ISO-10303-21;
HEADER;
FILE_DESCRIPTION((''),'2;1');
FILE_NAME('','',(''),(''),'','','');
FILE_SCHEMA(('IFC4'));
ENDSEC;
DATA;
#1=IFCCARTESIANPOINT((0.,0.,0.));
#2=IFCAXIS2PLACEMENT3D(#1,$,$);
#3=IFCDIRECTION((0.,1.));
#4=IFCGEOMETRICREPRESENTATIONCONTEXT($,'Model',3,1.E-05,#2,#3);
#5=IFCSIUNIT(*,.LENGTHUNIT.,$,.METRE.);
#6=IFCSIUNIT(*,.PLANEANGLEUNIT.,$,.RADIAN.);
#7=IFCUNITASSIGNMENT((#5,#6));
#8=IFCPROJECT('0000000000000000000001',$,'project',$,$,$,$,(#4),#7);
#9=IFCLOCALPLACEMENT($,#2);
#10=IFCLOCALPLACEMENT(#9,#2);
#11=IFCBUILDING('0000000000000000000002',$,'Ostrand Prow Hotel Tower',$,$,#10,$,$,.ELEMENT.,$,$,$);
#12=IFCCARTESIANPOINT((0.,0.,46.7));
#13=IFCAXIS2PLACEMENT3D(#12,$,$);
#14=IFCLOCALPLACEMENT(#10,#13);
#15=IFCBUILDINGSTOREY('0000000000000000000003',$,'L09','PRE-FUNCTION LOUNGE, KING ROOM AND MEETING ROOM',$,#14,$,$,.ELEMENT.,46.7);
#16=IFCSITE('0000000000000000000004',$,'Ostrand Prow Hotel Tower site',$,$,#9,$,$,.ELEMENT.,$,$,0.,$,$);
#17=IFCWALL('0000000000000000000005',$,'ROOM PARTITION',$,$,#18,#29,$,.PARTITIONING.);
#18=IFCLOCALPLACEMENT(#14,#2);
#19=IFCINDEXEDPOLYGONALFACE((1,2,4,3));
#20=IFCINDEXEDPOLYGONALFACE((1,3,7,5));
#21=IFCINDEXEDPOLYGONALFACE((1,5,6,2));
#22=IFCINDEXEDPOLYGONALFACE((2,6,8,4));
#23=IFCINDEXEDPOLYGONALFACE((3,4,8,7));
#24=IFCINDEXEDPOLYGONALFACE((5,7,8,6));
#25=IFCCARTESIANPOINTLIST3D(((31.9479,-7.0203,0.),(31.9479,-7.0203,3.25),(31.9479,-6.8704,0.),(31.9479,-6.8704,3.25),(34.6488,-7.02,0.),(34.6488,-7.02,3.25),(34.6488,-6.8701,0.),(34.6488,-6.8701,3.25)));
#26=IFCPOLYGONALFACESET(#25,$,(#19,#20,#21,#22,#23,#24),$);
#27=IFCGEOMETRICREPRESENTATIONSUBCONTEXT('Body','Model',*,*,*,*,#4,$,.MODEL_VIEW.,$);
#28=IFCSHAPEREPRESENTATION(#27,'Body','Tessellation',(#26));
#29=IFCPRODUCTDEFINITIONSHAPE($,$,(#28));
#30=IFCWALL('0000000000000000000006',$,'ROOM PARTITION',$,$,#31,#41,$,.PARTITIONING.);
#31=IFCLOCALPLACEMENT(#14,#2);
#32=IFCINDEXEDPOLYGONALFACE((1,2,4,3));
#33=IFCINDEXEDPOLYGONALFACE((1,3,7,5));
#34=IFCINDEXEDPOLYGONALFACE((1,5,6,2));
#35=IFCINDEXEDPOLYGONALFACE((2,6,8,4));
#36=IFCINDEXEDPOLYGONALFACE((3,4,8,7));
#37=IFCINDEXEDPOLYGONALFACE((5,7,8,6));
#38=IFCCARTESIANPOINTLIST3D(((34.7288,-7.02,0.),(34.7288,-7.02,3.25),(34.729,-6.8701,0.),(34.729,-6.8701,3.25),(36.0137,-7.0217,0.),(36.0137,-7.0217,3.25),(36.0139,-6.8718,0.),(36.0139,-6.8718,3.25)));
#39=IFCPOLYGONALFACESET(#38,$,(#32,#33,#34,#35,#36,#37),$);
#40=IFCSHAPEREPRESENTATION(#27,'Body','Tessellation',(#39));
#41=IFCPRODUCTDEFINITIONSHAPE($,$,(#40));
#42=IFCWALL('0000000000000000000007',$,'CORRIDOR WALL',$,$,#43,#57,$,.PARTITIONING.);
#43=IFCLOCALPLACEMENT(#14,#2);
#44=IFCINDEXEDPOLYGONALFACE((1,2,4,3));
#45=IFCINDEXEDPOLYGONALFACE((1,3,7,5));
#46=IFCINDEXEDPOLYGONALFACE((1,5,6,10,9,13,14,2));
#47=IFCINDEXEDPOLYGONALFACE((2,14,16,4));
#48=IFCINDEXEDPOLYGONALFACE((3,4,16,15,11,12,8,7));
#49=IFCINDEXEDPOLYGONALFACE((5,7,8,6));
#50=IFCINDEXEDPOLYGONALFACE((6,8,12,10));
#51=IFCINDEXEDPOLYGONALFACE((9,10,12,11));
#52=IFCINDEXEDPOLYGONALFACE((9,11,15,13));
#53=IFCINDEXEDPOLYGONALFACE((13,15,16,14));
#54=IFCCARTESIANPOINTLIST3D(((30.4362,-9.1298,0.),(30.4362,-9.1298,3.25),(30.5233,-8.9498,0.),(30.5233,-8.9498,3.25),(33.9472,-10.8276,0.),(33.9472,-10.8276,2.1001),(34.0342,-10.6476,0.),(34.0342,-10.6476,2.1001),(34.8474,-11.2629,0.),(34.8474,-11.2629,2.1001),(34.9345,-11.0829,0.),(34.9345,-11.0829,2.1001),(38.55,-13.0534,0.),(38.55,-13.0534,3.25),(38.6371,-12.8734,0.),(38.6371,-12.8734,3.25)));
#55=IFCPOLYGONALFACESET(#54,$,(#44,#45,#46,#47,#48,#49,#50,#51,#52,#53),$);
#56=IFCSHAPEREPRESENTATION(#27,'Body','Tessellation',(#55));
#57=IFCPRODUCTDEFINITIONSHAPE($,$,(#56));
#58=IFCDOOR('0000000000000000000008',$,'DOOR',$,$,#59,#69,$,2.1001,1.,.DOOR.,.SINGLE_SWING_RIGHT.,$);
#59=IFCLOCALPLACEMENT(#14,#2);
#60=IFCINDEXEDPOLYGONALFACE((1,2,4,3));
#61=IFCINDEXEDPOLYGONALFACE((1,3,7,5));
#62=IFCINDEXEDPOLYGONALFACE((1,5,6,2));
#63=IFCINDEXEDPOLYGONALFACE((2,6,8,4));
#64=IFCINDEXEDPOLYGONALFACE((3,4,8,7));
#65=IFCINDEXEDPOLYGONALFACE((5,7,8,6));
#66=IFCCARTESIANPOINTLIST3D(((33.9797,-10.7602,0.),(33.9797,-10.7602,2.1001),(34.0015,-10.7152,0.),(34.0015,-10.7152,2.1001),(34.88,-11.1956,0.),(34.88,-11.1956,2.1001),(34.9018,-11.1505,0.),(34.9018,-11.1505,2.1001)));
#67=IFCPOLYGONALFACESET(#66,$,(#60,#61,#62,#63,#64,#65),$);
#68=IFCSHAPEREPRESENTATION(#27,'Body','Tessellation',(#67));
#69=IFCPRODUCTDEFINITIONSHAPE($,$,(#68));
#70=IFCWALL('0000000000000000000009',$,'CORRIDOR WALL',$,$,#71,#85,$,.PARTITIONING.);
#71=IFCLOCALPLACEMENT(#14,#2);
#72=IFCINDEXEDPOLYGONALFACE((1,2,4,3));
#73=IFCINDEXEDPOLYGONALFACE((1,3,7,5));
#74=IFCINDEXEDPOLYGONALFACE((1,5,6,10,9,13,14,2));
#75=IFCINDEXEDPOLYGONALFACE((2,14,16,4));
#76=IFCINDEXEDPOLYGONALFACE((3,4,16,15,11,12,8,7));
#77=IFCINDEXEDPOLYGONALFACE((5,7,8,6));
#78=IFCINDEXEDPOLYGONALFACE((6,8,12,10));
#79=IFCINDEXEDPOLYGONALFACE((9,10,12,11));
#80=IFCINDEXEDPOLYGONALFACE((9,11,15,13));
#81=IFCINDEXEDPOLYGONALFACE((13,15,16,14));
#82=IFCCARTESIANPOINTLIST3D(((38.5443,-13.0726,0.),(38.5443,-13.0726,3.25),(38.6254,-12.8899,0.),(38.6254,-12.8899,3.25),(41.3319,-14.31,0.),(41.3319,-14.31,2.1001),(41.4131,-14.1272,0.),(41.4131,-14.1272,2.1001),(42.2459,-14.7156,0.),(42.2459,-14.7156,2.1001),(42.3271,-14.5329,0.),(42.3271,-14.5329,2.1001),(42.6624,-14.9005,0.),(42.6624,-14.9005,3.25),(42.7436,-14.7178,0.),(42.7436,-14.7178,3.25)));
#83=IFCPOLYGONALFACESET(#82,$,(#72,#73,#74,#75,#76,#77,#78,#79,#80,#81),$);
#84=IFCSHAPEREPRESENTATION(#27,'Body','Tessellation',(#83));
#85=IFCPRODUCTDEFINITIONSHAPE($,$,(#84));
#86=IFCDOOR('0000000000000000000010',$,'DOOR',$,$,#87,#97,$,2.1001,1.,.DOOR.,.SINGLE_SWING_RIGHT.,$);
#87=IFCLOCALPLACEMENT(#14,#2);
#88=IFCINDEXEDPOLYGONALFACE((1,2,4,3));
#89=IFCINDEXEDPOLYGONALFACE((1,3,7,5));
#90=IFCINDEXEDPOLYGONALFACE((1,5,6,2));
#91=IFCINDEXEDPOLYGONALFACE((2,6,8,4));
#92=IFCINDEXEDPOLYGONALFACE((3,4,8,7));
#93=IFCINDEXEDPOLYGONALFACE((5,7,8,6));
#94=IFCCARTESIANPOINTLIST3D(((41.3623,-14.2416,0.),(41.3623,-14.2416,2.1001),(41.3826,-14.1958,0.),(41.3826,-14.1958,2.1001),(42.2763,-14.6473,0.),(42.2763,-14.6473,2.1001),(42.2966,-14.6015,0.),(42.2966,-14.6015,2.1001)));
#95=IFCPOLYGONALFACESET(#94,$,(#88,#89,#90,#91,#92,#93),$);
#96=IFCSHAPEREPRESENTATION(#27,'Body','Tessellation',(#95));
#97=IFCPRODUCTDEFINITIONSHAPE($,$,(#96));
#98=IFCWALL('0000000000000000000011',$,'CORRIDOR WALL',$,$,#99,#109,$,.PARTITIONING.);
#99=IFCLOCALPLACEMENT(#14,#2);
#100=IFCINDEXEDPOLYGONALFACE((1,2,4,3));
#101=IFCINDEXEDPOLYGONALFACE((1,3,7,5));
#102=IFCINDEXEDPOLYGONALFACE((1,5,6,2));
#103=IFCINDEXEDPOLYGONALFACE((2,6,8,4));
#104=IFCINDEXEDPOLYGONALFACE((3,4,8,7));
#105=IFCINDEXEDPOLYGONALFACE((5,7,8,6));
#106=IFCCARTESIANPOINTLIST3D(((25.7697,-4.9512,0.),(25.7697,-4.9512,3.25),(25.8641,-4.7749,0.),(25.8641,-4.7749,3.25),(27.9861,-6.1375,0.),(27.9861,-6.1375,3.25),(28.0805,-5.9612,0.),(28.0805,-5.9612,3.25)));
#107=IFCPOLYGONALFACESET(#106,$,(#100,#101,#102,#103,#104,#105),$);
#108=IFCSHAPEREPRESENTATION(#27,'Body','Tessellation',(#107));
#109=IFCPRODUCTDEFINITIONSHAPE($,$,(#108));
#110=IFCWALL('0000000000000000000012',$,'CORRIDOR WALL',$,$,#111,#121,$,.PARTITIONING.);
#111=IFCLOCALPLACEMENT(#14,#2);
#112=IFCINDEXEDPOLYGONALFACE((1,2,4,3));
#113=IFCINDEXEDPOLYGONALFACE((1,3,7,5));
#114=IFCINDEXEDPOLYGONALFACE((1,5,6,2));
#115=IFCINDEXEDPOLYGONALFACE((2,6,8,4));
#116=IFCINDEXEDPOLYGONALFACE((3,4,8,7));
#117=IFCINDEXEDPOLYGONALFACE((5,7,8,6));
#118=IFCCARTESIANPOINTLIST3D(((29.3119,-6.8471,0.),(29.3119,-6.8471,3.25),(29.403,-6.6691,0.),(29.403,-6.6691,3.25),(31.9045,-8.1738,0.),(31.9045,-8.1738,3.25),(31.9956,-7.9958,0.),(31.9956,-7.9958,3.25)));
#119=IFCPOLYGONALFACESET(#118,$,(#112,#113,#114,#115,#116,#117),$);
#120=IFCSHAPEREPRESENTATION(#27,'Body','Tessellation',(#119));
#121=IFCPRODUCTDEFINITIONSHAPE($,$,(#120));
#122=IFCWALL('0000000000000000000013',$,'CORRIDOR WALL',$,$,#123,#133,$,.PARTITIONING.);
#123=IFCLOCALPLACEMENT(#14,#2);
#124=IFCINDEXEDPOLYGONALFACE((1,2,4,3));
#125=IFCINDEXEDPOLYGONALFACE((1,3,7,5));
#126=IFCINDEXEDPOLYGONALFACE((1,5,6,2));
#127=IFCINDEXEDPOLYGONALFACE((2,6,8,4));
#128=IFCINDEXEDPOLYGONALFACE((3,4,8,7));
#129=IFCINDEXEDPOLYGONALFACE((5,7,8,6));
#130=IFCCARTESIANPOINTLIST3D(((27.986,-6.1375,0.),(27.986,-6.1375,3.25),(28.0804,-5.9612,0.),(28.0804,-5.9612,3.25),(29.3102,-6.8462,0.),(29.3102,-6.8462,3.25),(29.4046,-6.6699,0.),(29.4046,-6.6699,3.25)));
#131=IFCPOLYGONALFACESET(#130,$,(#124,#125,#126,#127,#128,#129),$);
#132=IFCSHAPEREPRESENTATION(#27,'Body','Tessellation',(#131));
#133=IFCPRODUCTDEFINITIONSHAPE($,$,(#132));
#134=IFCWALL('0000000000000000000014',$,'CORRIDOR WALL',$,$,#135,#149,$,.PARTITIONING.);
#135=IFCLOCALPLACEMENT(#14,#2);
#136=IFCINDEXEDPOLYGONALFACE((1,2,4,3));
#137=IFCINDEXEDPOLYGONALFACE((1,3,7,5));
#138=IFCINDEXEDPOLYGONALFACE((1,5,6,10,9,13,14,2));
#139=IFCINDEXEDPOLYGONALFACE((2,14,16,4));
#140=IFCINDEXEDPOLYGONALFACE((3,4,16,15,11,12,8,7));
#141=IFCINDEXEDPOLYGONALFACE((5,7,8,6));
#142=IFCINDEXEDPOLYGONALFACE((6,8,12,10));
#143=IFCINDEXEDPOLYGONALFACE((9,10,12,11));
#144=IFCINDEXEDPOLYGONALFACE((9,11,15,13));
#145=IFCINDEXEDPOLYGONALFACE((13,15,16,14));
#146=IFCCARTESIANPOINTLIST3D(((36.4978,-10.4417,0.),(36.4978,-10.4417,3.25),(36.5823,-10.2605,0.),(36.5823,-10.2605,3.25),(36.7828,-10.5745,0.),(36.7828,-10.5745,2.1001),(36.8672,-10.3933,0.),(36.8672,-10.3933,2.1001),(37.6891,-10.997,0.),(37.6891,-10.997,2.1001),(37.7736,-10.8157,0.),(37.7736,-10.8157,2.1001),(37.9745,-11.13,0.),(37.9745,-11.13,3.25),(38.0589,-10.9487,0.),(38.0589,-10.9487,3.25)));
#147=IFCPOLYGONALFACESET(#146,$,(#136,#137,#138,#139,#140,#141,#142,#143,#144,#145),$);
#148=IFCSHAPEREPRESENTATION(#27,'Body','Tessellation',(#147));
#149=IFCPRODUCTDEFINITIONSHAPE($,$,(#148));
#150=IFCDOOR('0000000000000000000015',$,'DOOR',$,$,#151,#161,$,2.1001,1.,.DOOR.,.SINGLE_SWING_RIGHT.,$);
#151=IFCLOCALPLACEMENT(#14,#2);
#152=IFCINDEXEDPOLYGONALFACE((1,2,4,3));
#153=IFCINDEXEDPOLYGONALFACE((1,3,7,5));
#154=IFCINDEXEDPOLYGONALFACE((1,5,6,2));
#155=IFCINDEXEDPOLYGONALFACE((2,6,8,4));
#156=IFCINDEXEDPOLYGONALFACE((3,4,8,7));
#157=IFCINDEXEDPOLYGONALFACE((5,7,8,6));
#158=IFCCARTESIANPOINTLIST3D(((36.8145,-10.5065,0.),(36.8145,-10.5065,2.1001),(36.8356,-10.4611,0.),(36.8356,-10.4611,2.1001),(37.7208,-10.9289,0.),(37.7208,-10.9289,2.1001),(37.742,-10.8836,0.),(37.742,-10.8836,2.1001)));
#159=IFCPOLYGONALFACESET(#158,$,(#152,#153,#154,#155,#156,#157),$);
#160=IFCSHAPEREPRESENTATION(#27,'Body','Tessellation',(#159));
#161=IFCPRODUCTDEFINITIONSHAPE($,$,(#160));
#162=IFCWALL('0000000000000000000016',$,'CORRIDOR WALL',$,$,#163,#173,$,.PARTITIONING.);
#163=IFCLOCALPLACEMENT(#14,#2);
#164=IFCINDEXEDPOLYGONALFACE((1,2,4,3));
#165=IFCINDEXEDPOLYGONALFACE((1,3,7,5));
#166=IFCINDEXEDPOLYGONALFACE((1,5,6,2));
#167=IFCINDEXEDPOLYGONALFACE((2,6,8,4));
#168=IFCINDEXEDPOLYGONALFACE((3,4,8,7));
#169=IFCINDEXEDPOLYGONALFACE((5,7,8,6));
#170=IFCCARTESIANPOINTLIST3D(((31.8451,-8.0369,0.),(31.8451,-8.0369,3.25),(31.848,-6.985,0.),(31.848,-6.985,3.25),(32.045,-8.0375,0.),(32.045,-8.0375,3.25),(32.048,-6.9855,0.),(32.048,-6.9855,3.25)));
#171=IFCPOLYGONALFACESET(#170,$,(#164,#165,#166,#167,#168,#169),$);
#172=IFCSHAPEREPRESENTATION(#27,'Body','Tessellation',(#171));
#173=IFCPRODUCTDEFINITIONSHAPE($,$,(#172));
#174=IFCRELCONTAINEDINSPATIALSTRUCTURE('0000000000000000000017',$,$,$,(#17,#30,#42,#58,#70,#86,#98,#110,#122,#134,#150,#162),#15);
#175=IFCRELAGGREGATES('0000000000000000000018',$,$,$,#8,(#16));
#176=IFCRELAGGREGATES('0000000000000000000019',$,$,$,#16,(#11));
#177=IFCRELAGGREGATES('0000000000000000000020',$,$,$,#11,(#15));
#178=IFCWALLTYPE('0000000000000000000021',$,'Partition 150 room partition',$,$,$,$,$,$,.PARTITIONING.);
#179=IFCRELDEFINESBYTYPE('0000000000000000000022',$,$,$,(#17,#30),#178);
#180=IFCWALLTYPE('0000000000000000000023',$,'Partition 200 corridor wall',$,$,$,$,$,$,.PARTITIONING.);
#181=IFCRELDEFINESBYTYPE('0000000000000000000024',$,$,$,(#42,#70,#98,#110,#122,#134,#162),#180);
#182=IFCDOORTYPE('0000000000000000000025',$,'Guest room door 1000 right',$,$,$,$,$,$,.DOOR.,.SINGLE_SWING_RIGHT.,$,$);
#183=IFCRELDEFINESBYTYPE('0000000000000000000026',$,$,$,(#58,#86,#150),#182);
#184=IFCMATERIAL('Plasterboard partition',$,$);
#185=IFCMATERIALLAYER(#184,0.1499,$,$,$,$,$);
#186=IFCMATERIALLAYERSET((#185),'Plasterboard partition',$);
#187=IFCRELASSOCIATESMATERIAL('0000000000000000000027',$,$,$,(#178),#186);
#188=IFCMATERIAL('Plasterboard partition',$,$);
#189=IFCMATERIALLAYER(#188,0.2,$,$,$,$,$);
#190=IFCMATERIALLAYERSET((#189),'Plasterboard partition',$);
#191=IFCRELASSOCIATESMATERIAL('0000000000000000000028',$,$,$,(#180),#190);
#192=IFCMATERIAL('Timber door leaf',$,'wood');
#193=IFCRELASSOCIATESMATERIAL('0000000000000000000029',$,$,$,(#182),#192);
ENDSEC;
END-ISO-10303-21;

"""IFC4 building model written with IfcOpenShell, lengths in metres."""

from ifc_helpers import new_model, si_unit, direction, frame, frame_2d, origin, place, context, subcontext, project, spatial, rectangle, extrude, material, layer, layer_set, type_object, element, fill, save


model = new_model("IFC4")

# Units and contexts
model_context = context("Model", 3, precision=1e-05, world=origin(), true_north=direction((0.0, 1.0)))
body_context = subcontext(model_context, "Body", "Model", "MODEL_VIEW")
ifc_project = project(units=[si_unit("LENGTHUNIT", "METRE"), si_unit("PLANEANGLEUNIT", "RADIAN")], contexts=[model_context])

# Site, building, storey
site_placement = place(None, origin())
site = spatial("IfcSite", under=ifc_project, at=site_placement, Name="Ostrand Prow Hotel Tower site", CompositionType="ELEMENT", RefElevation=0.0)
building_placement = place(site_placement, origin())
building = spatial("IfcBuilding", under=site, at=building_placement, Name="Ostrand Prow Hotel Tower", CompositionType="ELEMENT")
storey_placement = place(building_placement, frame((0.0, 0.0, 46.7)))
storey = spatial("IfcBuildingStorey", under=building, at=storey_placement, Name="L09", Description="PRE-FUNCTION LOUNGE, KING ROOM AND MEETING ROOM", CompositionType="ELEMENT", Elevation=46.7)

# Walls
ifc_material_1 = material(Name="Plasterboard partition")
ifc_layer_1 = layer(ifc_material_1, 0.1499)
ifc_layer_set_1 = layer_set([ifc_layer_1], Name="Plasterboard partition")
wall_type_1 = type_object("IfcWallType", Name="Partition 150 room partition", PredefinedType="PARTITIONING", material=ifc_layer_set_1)
wall_1_placement = place(storey_placement, frame((34.6489, -6.9451, 0.0), z_axis=(0.0, 0.0, 1.0), x_axis=(-1.0, -0.00009, 0.0)))
element("IfcWall", 1, at=wall_1_placement, inside=storey, type_object=wall_type_1, Name="ROOM PARTITION", PredefinedType="PARTITIONING", context=body_context, shape_type="SweptSolid", body=[
    extrude(rectangle(XDim=2.7009, YDim=0.1499, at=frame_2d((1.3506, 0.0))), origin(), (0.0, 0.0, 1.0), 3.25),
])
wall_2_placement = place(storey_placement, frame((36.0139, -6.9468, 0.0), z_axis=(0.0, 0.0, 1.0), x_axis=(-0.999999, 0.00133, 0.0)))
element("IfcWall", 2, at=wall_2_placement, inside=storey, type_object=wall_type_1, Name="ROOM PARTITION", PredefinedType="PARTITIONING", context=body_context, shape_type="SweptSolid", body=[
    extrude(rectangle(XDim=1.2849, YDim=0.1499, at=frame_2d((0.6426, 0.0))), origin(), (0.0, 0.0, 1.0), 3.25),
])

# Walls, openings, doors
ifc_material_2 = material(Name="Plasterboard partition")
ifc_layer_2 = layer(ifc_material_2, 0.2)
ifc_layer_set_2 = layer_set([ifc_layer_2], Name="Plasterboard partition")
wall_type_2 = type_object("IfcWallType", Name="Partition 200 corridor wall", PredefinedType="PARTITIONING", material=ifc_layer_set_2)
wall_3_placement = place(storey_placement, frame((30.4797, -9.0398, 0.0), z_axis=(0.0, 0.0, 1.0), x_axis=(0.900265, -0.435342, 0.0)))
wall_3 = element("IfcWall", 3, at=wall_3_placement, inside=storey, type_object=wall_type_2, Name="CORRIDOR WALL", PredefinedType="PARTITIONING", context=body_context, shape_type="SweptSolid", body=[
    extrude(rectangle(XDim=9.0127, YDim=0.2, at=frame_2d((4.5063, 0.0))), origin(), (0.0, 0.0, 1.0), 3.25),
])
opening_1_placement = place(wall_3_placement, frame((3.8999, 0.0, 0.0)))
opening_1 = element("IfcOpeningElement", 4, at=opening_1_placement, cuts=wall_3, PredefinedType="OPENING", context=body_context, shape_type="SweptSolid", body=[
    extrude(rectangle(XDim=1.0, YDim=2.1001, at=frame_2d((0.5, 1.05))), frame((0.0, 0.1099, 0.0), z_axis=(0.0, -1.0, 0.0), x_axis=(1.0, 0.0, 0.0)), (0.0, 0.0, 1.0), 0.22),
])
ifc_material_3 = material(Name="Timber door leaf", Category="wood")
door_type_1 = type_object("IfcDoorType", Name="Guest room door 1000 right", OperationType="SINGLE_SWING_RIGHT", PredefinedType="DOOR", material=ifc_material_3)
door_1_placement = place(opening_1_placement, origin())
door_1 = element("IfcDoor", 5, at=door_1_placement, inside=storey, type_object=door_type_1, Name="DOOR", OperationType="SINGLE_SWING_RIGHT", OverallHeight=2.1001, OverallWidth=1.0, PredefinedType="DOOR", context=body_context, shape_type="SweptSolid", body=[
    extrude(rectangle(XDim=1.0, YDim=2.1001, at=frame_2d((0.5, 1.05))), frame((0.0, 0.0249, 0.0), z_axis=(0.0, -1.0, 0.0), x_axis=(1.0, 0.0, 0.0)), (0.0, 0.0, 1.0), 0.05),
])
fill(opening_1, door_1)
wall_4_placement = place(storey_placement, frame((38.5847, -12.9812, 0.0), z_axis=(0.0, 0.0, 1.0), x_axis=(0.91401, -0.405691, 0.0)))
wall_4 = element("IfcWall", 6, at=wall_4_placement, inside=storey, type_object=wall_type_2, Name="CORRIDOR WALL", PredefinedType="PARTITIONING", context=body_context, shape_type="SweptSolid", body=[
    extrude(rectangle(XDim=4.5056, YDim=0.2, at=frame_2d((2.2529, 0.0))), origin(), (0.0, 0.0, 1.0), 3.25),
])
opening_2_placement = place(wall_4_placement, frame((3.05, 0.0, 0.0)))
opening_2 = element("IfcOpeningElement", 7, at=opening_2_placement, cuts=wall_4, PredefinedType="OPENING", context=body_context, shape_type="SweptSolid", body=[
    extrude(rectangle(XDim=1.0, YDim=2.1001, at=frame_2d((0.5, 1.05))), frame((0.0, 0.1099, 0.0), z_axis=(0.0, -1.0, 0.0), x_axis=(1.0, 0.0, 0.0)), (0.0, 0.0, 1.0), 0.22),
])
door_2_placement = place(opening_2_placement, origin())
door_2 = element("IfcDoor", 8, at=door_2_placement, inside=storey, type_object=door_type_1, Name="DOOR", OperationType="SINGLE_SWING_RIGHT", OverallHeight=2.1001, OverallWidth=1.0, PredefinedType="DOOR", context=body_context, shape_type="SweptSolid", body=[
    extrude(rectangle(XDim=1.0, YDim=2.1001, at=frame_2d((0.5, 1.05))), frame((0.0, 0.0249, 0.0), z_axis=(0.0, -1.0, 0.0), x_axis=(1.0, 0.0, 0.0)), (0.0, 0.0, 1.0), 0.05),
])
fill(opening_2, door_2)

# Walls
wall_5_placement = place(storey_placement, frame((28.0332, -6.0493, 0.0), z_axis=(0.0, 0.0, 1.0), x_axis=(-0.88165, 0.471903, 0.0)))
element("IfcWall", 9, at=wall_5_placement, inside=storey, type_object=wall_type_2, Name="CORRIDOR WALL", PredefinedType="PARTITIONING", context=body_context, shape_type="SweptSolid", body=[
    extrude(rectangle(XDim=2.5139, YDim=0.2, at=frame_2d((1.2568, 0.0))), origin(), (0.0, 0.0, 1.0), 3.25),
])
wall_6_placement = place(storey_placement, frame((31.95, -8.0847, 0.0), z_axis=(0.0, 0.0, 1.0), x_axis=(-0.890213, 0.455544, 0.0)))
element("IfcWall", 10, at=wall_6_placement, inside=storey, type_object=wall_type_2, Name="CORRIDOR WALL", PredefinedType="PARTITIONING", context=body_context, shape_type="SweptSolid", body=[
    extrude(rectangle(XDim=2.9124, YDim=0.2, at=frame_2d((1.4561, 0.0))), origin(), (0.0, 0.0, 1.0), 3.25),
])
wall_7_placement = place(storey_placement, frame((29.3574, -6.7581, 0.0), z_axis=(0.0, 0.0, 1.0), x_axis=(-0.881664, 0.471879, 0.0)))
element("IfcWall", 11, at=wall_7_placement, inside=storey, type_object=wall_type_2, Name="CORRIDOR WALL", PredefinedType="PARTITIONING", context=body_context, shape_type="SweptSolid", body=[
    extrude(rectangle(XDim=1.502, YDim=0.2, at=frame_2d((0.751, 0.0))), origin(), (0.0, 0.0, 1.0), 3.25),
])

# Wall, opening, door
wall_8_placement = place(storey_placement, frame((38.0166, -11.0393, 0.0), z_axis=(0.0, 0.0, 1.0), x_axis=(-0.906378, 0.422467, 0.0)))
wall_8 = element("IfcWall", 12, at=wall_8_placement, inside=storey, type_object=wall_type_2, Name="CORRIDOR WALL", PredefinedType="PARTITIONING", context=body_context, shape_type="SweptSolid", body=[
    extrude(rectangle(XDim=1.6292, YDim=0.2, at=frame_2d((0.8145, 0.0))), origin(), (0.0, 0.0, 1.0), 3.25),
])
opening_3_placement = place(wall_8_placement, frame((0.3147, 0.0, 0.0)))
opening_3 = element("IfcOpeningElement", 13, at=opening_3_placement, cuts=wall_8, PredefinedType="OPENING", context=body_context, shape_type="SweptSolid", body=[
    extrude(rectangle(XDim=1.0, YDim=2.1001, at=frame_2d((0.5, 1.05))), frame((0.0, 0.1099, 0.0), z_axis=(0.0, -1.0, 0.0), x_axis=(1.0, 0.0, 0.0)), (0.0, 0.0, 1.0), 0.22),
])
door_3_placement = place(opening_3_placement, origin())
door_3 = element("IfcDoor", 14, at=door_3_placement, inside=storey, type_object=door_type_1, Name="DOOR", OperationType="SINGLE_SWING_RIGHT", OverallHeight=2.1001, OverallWidth=1.0, PredefinedType="DOOR", context=body_context, shape_type="SweptSolid", body=[
    extrude(rectangle(XDim=1.0, YDim=2.1001, at=frame_2d((0.5, 1.05))), frame((0.0, 0.0249, 0.0), z_axis=(0.0, -1.0, 0.0), x_axis=(1.0, 0.0, 0.0)), (0.0, 0.0, 1.0), 0.05),
])
fill(opening_3, door_3)

# Wall
wall_9_placement = place(storey_placement, frame((31.948, -6.9854, 0.0), z_axis=(0.0, 0.0, 1.0), x_axis=(-0.002785, -0.999996, 0.0)))
element("IfcWall", 15, at=wall_9_placement, inside=storey, type_object=wall_type_2, Name="CORRIDOR WALL", PredefinedType="PARTITIONING", context=body_context, shape_type="SweptSolid", body=[
    extrude(rectangle(XDim=1.052, YDim=0.2, at=frame_2d((0.5259, 0.0))), origin(), (0.0, 0.0, 1.0), 3.25),
])

save(model, "model.ifc")
